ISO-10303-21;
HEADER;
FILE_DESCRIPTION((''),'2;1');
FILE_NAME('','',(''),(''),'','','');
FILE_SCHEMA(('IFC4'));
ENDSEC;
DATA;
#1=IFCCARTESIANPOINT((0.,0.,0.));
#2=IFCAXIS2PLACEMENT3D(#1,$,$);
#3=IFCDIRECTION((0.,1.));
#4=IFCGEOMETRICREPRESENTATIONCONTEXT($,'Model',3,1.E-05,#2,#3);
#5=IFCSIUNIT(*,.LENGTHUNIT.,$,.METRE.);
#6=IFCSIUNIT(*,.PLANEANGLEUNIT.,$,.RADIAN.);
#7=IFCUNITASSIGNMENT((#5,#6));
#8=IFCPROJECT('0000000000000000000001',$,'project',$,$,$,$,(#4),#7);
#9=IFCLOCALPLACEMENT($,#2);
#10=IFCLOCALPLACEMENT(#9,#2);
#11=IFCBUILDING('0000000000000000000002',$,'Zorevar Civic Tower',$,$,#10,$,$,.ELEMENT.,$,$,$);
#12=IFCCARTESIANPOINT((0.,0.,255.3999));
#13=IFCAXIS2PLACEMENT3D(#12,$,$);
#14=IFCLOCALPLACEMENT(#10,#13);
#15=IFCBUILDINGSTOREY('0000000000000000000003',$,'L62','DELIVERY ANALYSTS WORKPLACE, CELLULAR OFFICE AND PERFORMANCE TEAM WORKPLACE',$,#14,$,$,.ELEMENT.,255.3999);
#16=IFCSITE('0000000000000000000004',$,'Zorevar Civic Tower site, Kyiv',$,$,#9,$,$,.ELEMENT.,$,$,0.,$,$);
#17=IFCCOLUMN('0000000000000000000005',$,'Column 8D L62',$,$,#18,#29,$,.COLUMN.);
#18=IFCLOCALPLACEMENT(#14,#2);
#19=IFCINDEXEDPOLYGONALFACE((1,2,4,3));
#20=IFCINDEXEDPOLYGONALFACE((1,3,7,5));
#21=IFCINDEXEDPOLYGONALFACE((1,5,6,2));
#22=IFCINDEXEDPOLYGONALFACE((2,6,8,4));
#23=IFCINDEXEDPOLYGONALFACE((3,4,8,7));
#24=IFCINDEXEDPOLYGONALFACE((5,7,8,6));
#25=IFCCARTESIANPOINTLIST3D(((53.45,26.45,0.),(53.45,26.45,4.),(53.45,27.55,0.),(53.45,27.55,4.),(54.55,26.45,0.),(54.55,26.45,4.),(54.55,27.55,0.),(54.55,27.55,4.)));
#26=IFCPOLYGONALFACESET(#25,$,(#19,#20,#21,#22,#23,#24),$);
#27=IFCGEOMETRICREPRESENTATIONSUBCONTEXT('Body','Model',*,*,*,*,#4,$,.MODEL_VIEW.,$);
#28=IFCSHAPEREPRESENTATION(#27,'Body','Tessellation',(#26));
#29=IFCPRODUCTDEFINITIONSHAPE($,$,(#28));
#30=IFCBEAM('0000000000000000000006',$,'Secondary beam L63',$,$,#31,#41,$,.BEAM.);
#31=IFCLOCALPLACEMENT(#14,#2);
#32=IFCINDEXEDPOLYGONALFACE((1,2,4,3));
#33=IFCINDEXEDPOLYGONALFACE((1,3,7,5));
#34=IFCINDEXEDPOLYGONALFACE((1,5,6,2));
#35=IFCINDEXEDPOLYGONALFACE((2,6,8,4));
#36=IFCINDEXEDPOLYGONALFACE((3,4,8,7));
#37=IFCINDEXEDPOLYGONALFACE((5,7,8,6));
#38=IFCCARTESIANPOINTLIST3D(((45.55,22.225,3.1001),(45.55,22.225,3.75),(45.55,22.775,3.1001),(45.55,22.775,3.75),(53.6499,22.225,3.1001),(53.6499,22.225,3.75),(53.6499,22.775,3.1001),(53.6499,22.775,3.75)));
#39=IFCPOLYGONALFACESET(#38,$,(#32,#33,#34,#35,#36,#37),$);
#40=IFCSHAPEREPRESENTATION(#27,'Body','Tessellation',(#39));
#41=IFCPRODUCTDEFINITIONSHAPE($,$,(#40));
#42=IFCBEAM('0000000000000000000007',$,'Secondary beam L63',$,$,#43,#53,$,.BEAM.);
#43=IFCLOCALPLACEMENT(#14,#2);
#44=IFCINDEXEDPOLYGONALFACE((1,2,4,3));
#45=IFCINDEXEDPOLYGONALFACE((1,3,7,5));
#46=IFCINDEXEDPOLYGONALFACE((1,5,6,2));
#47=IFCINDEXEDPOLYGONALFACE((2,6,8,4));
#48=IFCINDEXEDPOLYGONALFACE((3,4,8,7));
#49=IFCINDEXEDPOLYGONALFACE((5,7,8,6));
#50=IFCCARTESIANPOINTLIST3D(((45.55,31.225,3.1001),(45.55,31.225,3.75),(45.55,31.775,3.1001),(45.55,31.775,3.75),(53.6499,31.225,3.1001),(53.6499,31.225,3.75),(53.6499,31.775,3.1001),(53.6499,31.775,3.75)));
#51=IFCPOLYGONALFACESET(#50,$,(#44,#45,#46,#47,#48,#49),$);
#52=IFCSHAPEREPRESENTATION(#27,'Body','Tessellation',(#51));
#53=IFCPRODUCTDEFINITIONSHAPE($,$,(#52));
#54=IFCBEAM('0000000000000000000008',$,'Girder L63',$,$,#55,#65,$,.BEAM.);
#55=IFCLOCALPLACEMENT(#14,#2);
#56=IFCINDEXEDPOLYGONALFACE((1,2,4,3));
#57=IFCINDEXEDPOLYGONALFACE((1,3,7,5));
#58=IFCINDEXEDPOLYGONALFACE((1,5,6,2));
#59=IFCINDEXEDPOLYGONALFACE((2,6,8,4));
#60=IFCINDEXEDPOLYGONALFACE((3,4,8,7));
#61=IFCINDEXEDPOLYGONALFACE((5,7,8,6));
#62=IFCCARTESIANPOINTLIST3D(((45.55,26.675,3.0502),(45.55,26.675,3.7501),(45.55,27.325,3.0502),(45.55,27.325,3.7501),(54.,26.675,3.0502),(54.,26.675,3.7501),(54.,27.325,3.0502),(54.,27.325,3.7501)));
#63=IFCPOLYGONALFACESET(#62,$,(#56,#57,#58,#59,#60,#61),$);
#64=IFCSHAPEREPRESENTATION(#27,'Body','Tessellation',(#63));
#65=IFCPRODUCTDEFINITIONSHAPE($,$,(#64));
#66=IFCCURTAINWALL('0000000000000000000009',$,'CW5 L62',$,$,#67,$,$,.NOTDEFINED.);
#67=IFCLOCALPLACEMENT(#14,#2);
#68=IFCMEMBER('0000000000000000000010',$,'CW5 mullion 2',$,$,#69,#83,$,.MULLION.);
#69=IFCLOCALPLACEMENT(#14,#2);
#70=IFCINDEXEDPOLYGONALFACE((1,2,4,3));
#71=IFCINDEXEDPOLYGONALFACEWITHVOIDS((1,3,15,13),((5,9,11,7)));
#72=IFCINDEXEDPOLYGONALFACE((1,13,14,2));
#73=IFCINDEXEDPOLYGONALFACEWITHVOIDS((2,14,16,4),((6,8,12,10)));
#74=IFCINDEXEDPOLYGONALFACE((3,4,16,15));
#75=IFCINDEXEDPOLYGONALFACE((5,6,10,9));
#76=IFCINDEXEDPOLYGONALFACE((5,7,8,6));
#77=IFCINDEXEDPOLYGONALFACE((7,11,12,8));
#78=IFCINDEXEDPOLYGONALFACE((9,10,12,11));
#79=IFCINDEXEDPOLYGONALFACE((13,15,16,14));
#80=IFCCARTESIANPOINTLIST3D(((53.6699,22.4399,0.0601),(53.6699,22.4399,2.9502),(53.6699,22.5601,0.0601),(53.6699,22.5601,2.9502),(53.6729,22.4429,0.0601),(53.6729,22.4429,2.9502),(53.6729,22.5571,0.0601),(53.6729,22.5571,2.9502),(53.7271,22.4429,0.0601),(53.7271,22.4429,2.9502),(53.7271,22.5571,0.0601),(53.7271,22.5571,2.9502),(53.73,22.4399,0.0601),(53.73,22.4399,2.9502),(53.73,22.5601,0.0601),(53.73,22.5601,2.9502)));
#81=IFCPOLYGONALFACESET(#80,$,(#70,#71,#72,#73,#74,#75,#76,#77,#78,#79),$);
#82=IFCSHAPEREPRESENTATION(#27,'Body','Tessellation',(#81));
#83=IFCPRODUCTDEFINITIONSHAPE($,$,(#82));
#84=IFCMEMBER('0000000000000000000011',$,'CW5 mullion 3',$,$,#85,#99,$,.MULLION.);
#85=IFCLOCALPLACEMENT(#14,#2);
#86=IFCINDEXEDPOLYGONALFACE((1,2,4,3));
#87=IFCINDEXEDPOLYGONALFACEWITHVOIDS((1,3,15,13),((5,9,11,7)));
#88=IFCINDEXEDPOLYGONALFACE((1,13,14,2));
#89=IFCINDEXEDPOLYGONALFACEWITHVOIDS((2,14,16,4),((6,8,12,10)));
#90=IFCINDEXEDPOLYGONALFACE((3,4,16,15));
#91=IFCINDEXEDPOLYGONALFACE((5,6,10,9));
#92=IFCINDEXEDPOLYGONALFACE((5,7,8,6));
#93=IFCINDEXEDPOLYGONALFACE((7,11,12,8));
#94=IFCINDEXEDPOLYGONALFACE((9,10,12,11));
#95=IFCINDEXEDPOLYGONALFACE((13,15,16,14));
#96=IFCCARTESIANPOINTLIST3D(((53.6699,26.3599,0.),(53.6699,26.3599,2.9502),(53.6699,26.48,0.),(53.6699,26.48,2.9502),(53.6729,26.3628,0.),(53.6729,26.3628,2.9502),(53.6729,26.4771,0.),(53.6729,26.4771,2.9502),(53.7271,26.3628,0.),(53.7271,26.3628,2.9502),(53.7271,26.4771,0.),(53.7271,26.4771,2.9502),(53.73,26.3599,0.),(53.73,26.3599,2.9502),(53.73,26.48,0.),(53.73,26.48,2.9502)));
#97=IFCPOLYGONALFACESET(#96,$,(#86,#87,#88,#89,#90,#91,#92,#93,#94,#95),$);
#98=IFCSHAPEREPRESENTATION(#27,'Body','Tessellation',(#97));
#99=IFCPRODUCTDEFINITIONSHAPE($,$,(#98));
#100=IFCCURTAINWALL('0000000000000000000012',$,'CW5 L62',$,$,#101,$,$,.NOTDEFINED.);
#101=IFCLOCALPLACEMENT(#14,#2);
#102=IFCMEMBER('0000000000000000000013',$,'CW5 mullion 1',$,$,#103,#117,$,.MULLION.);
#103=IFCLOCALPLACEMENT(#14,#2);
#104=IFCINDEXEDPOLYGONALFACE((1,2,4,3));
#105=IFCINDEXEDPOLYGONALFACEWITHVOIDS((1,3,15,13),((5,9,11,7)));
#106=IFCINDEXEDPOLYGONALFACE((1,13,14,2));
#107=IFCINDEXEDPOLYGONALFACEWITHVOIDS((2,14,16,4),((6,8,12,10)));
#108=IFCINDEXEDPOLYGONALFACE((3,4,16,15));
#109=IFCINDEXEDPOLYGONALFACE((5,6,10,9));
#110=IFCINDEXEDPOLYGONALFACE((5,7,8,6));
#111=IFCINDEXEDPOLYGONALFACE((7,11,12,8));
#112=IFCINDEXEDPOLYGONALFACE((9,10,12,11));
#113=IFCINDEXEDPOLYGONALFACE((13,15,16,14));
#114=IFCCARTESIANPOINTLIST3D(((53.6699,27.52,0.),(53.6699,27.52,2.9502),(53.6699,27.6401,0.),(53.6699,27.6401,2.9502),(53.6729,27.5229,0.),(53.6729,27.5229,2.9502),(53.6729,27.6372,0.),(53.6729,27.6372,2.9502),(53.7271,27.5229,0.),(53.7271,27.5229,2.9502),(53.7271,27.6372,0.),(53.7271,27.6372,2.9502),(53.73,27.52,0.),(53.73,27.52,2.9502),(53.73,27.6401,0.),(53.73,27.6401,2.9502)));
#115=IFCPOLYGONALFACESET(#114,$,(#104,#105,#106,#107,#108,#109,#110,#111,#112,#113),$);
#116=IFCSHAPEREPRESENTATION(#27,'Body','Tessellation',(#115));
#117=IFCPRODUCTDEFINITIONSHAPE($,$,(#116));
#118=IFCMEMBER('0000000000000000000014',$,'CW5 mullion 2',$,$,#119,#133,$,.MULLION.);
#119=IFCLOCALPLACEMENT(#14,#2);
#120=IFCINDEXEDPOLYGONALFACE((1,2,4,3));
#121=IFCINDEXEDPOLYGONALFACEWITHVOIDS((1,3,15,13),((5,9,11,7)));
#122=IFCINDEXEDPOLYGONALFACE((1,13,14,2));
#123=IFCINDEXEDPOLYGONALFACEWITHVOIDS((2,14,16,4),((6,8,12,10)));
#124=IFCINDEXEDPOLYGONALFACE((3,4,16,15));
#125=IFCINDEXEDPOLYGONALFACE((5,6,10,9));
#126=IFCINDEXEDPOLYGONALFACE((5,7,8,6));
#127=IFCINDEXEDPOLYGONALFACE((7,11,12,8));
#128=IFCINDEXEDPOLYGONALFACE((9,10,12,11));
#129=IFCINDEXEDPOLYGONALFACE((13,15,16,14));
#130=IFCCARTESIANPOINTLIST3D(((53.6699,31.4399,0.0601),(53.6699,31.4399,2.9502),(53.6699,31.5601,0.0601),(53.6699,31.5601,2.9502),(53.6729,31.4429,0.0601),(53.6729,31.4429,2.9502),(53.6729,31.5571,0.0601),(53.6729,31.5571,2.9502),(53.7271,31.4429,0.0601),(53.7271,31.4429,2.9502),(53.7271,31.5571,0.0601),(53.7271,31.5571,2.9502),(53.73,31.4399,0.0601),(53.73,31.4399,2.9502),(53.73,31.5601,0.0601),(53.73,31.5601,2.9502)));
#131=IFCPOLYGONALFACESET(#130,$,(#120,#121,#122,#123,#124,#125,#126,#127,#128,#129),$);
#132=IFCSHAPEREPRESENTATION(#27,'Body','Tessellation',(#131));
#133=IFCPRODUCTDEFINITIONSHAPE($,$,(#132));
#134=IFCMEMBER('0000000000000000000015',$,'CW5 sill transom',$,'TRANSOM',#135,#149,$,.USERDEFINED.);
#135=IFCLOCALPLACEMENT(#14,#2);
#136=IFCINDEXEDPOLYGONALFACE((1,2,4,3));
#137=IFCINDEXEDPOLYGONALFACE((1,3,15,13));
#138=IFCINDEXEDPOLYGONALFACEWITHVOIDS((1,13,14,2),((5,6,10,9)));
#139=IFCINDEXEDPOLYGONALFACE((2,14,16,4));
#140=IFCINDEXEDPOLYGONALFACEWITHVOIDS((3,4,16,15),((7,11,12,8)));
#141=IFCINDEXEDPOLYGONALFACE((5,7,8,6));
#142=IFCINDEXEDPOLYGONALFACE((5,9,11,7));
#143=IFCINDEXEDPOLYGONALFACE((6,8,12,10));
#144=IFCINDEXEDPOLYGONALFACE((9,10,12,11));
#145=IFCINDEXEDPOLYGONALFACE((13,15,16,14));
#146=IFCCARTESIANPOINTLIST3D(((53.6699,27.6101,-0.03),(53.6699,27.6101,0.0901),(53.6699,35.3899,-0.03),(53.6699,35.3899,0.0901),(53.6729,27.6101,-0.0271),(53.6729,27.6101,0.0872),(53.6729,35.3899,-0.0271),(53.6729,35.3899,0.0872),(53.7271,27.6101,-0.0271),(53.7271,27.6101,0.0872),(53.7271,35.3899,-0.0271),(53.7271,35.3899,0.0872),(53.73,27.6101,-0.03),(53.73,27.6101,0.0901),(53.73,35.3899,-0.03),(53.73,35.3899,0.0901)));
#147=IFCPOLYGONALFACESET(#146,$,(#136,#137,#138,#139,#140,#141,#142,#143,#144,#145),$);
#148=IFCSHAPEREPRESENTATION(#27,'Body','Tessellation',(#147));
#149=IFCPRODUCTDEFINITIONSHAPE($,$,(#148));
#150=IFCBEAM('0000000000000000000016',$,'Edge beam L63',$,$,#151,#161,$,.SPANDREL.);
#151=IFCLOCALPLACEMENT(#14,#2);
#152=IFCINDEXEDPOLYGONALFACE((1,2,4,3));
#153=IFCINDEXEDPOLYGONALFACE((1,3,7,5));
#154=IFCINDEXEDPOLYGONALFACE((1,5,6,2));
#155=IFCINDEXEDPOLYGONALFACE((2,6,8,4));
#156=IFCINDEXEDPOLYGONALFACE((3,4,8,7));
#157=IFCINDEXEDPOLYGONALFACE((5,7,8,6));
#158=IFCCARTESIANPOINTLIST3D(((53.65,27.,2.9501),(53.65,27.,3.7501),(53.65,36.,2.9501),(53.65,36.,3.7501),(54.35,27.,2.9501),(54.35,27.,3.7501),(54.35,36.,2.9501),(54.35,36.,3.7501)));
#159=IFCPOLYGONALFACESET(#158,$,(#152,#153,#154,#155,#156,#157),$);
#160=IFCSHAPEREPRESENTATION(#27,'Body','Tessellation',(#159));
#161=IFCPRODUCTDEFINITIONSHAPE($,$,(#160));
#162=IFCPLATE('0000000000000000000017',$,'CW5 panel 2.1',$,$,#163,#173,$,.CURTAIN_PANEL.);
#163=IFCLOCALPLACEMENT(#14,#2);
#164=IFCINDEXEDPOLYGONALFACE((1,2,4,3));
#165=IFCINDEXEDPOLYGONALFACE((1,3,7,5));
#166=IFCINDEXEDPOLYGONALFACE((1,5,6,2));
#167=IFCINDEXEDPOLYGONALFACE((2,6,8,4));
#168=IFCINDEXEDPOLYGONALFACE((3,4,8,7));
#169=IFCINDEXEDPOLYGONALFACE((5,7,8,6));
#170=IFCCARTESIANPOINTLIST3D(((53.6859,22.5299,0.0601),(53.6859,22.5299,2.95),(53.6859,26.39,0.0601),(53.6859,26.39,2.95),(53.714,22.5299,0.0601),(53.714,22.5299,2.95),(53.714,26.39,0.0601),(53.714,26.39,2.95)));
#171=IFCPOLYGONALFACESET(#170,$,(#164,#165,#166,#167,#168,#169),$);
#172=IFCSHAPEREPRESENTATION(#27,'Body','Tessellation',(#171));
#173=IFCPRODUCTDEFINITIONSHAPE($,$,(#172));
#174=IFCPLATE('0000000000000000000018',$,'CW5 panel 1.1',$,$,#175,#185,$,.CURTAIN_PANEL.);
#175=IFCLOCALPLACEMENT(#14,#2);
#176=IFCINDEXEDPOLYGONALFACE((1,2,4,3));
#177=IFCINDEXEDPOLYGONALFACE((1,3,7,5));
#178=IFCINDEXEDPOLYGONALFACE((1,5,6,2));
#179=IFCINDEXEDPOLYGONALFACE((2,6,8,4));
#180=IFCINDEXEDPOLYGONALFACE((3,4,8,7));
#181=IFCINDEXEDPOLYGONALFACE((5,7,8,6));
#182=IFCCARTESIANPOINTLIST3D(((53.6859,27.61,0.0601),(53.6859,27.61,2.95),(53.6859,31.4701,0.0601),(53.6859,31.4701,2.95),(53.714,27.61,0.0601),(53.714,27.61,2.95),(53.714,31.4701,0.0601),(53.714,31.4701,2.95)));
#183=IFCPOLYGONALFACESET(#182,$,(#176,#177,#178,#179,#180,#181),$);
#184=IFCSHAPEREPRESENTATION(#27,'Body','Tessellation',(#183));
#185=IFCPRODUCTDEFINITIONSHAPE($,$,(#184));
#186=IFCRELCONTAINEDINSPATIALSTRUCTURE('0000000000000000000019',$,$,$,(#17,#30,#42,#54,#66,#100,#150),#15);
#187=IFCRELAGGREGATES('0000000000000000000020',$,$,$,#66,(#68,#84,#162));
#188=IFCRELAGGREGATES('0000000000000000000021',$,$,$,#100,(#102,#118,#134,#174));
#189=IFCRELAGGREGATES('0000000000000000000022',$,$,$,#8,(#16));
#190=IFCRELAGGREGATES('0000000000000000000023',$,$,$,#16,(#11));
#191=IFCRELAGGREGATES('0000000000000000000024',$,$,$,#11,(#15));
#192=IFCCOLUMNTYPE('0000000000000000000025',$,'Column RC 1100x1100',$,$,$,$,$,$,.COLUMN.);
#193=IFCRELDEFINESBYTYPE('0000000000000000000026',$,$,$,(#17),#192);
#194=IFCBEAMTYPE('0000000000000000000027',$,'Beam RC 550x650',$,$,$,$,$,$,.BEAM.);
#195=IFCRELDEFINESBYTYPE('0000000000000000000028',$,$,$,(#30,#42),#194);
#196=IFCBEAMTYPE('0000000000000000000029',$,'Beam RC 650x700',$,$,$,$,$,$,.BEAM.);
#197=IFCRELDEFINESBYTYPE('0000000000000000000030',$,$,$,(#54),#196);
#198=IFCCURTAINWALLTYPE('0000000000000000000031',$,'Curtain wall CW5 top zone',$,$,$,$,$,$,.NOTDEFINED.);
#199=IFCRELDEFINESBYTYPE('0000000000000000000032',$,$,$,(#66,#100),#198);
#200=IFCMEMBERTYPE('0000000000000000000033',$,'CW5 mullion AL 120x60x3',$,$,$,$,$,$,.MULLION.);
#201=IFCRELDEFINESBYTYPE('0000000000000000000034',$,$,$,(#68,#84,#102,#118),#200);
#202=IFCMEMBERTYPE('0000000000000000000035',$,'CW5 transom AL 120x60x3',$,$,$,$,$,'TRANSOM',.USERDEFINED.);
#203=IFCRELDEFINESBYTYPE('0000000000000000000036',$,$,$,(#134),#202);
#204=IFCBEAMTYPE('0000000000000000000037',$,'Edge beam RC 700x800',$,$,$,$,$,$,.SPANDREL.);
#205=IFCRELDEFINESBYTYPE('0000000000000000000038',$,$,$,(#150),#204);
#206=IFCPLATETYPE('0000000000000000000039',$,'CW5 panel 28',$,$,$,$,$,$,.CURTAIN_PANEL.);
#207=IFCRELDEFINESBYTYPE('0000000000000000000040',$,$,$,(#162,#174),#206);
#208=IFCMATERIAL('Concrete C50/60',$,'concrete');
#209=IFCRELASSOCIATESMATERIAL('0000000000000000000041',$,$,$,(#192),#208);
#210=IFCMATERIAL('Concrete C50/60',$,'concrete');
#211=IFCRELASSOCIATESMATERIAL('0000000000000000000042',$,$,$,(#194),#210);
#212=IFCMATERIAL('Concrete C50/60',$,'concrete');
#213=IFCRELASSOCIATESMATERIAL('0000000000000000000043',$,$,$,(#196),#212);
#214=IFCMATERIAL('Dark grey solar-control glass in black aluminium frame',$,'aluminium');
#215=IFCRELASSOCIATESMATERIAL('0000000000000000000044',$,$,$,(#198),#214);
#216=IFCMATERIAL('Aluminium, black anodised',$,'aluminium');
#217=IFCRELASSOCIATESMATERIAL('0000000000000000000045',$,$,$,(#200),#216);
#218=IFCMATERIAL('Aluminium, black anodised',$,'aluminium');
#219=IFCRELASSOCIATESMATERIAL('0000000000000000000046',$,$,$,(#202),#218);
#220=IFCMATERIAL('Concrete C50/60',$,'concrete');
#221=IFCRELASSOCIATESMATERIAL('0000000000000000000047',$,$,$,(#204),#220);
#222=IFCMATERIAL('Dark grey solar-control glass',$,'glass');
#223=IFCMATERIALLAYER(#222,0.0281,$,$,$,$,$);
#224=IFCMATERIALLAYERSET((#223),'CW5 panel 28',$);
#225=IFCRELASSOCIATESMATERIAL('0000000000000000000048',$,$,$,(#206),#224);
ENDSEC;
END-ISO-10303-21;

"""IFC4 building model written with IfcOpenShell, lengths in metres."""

from ifc_helpers import new_model, si_unit, direction, frame, origin, origin_2d, place, context, subcontext, project, spatial, rectangle, hollow_rectangle, extrude, material, layer, layer_set, material_profile, profile_set, type_object, element, aggregate, save


model = new_model("IFC4")

# Units and contexts
model_context = context("Model", 3, precision=1e-05, world=origin(), true_north=direction((0.0, 1.0)))
body_context = subcontext(model_context, "Body", "Model", "MODEL_VIEW")
ifc_project = project(units=[si_unit("LENGTHUNIT", "METRE"), si_unit("PLANEANGLEUNIT", "RADIAN")], contexts=[model_context])

# Site, building, storey
site_placement = place(None, origin())
site = spatial("IfcSite", under=ifc_project, at=site_placement, Name="Zorevar Civic Tower site, Kyiv", CompositionType="ELEMENT", RefElevation=0.0)
building_placement = place(site_placement, origin())
building = spatial("IfcBuilding", under=site, at=building_placement, Name="Zorevar Civic Tower", CompositionType="ELEMENT")
storey_placement = place(building_placement, frame((0.0, 0.0, 255.3999)))
storey = spatial("IfcBuildingStorey", under=building, at=storey_placement, Name="L62", Description="DELIVERY ANALYSTS WORKPLACE, CELLULAR OFFICE AND PERFORMANCE TEAM WORKPLACE", CompositionType="ELEMENT", Elevation=255.3999)

# Column
ifc_material_1 = material(Name="Concrete C50/60", Category="concrete")
ifc_material_profile_1 = material_profile(ifc_material_1, rectangle(XDim=1.1001, YDim=1.1001, at=origin_2d()), Name="RC 1100x1100")
ifc_profile_set_1 = profile_set([ifc_material_profile_1], Name="Concrete C50/60")
column_type = type_object("IfcColumnType", Name="Column RC 1100x1100", PredefinedType="COLUMN", material=ifc_profile_set_1)
column_placement = place(storey_placement, frame((54.0, 27.0, 0.0), z_axis=(0.0, 0.0, 1.0), x_axis=(1.0, 0.0, 0.0)))
element("IfcColumn", 1, at=column_placement, inside=storey, type_object=column_type, Name="Column 8D L62", PredefinedType="COLUMN", context=body_context, shape_type="SweptSolid", body=[
    extrude(rectangle(XDim=1.1001, YDim=1.1001, at=origin_2d()), origin(), (0.0, 0.0, 1.0), 4.0),
])

# Beams
ifc_material_2 = material(Name="Concrete C50/60", Category="concrete")
ifc_material_profile_2 = material_profile(ifc_material_2, rectangle(XDim=0.55, YDim=0.6499, at=origin_2d()), Name="RC 550x650")
ifc_profile_set_2 = profile_set([ifc_material_profile_2], Name="Concrete C50/60")
beam_type_1 = type_object("IfcBeamType", Name="Beam RC 550x650", PredefinedType="BEAM", material=ifc_profile_set_2)
for number, where, z_axis, x_axis, name in (
    (2, (45.55, 22.5, 3.425), (1.0, 0.0, 0.0), (0.0, 1.0, 0.0), "Secondary beam L63"),
    (3, (45.55, 31.5, 3.425), (1.0, 0.0, 0.0), (0.0, 1.0, 0.0), "Secondary beam L63"),
):
    element("IfcBeam", number, at=place(storey_placement, frame(where, z_axis=z_axis, x_axis=x_axis)), inside=storey, type_object=beam_type_1, Name=name, PredefinedType="BEAM", context=body_context, shape_type="SweptSolid", body=[
        extrude(rectangle(XDim=0.55, YDim=0.6499, at=origin_2d()), origin(), (0.0, 0.0, 1.0), 8.0999),
    ])
ifc_material_3 = material(Name="Concrete C50/60", Category="concrete")
ifc_material_profile_3 = material_profile(ifc_material_3, rectangle(XDim=0.6499, YDim=0.7, at=origin_2d()), Name="RC 650x700")
ifc_profile_set_3 = profile_set([ifc_material_profile_3], Name="Concrete C50/60")
beam_type_2 = type_object("IfcBeamType", Name="Beam RC 650x700", PredefinedType="BEAM", material=ifc_profile_set_3)
beam_1_placement = place(storey_placement, frame((45.55, 27.0, 3.4001), z_axis=(1.0, 0.0, 0.0), x_axis=(0.0, 1.0, 0.0)))
element("IfcBeam", 4, at=beam_1_placement, inside=storey, type_object=beam_type_2, Name="Girder L63", PredefinedType="BEAM", context=body_context, shape_type="SweptSolid", body=[
    extrude(rectangle(XDim=0.6499, YDim=0.7, at=origin_2d()), origin(), (0.0, 0.0, 1.0), 8.45),
])

# Curtain walls, members
ifc_material_4 = material(Name="Dark grey solar-control glass in black aluminium frame", Category="aluminium")
curtain_wall_type = type_object("IfcCurtainWallType", Name="Curtain wall CW5 top zone", PredefinedType="NOTDEFINED", material=ifc_material_4)
curtain_wall_1_placement = place(storey_placement, origin())
curtain_wall_1 = element("IfcCurtainWall", 5, at=curtain_wall_1_placement, inside=storey, type_object=curtain_wall_type, Name="CW5 L62", PredefinedType="NOTDEFINED")
ifc_material_5 = material(Name="Aluminium, black anodised", Category="aluminium")
ifc_material_profile_4 = material_profile(ifc_material_5, hollow_rectangle(XDim=0.0601, YDim=0.1201, WallThickness=0.0029, at=origin_2d()), Name="AL 120x60x3")
ifc_profile_set_4 = profile_set([ifc_material_profile_4], Name="Aluminium, black anodised")
member_type_1 = type_object("IfcMemberType", Name="CW5 mullion AL 120x60x3", PredefinedType="MULLION", material=ifc_profile_set_4)
member_1_placement = place(storey_placement, frame((53.7, 22.5, 0.0601), z_axis=(0.0, 0.0, 1.0), x_axis=(-1.0, 0.0, 0.0)))
member_1 = element("IfcMember", 6, at=member_1_placement, type_object=member_type_1, Name="CW5 mullion 2", PredefinedType="MULLION", context=body_context, shape_type="SweptSolid", body=[
    extrude(hollow_rectangle(XDim=0.0601, YDim=0.1201, WallThickness=0.0029, at=origin_2d()), origin(), (0.0, 0.0, 1.0), 2.8901),
])
member_2_placement = place(storey_placement, frame((53.7, 26.4199, 0.0), z_axis=(0.0, 0.0, 1.0), x_axis=(-1.0, 0.0, 0.0)))
member_2 = element("IfcMember", 7, at=member_2_placement, type_object=member_type_1, Name="CW5 mullion 3", PredefinedType="MULLION", context=body_context, shape_type="SweptSolid", body=[
    extrude(hollow_rectangle(XDim=0.0601, YDim=0.1201, WallThickness=0.0029, at=origin_2d()), origin(), (0.0, 0.0, 1.0), 2.9502),
])
curtain_wall_2_placement = place(storey_placement, origin())
curtain_wall_2 = element("IfcCurtainWall", 8, at=curtain_wall_2_placement, inside=storey, type_object=curtain_wall_type, Name="CW5 L62", PredefinedType="NOTDEFINED")
member_3_placement = place(storey_placement, frame((53.7, 27.5801, 0.0), z_axis=(0.0, 0.0, 1.0), x_axis=(-1.0, 0.0, 0.0)))
member_3 = element("IfcMember", 9, at=member_3_placement, type_object=member_type_1, Name="CW5 mullion 1", PredefinedType="MULLION", context=body_context, shape_type="SweptSolid", body=[
    extrude(hollow_rectangle(XDim=0.0601, YDim=0.1201, WallThickness=0.0029, at=origin_2d()), origin(), (0.0, 0.0, 1.0), 2.9502),
])
member_4_placement = place(storey_placement, frame((53.7, 31.5, 0.0601), z_axis=(0.0, 0.0, 1.0), x_axis=(-1.0, 0.0, 0.0)))
member_4 = element("IfcMember", 10, at=member_4_placement, type_object=member_type_1, Name="CW5 mullion 2", PredefinedType="MULLION", context=body_context, shape_type="SweptSolid", body=[
    extrude(hollow_rectangle(XDim=0.0601, YDim=0.1201, WallThickness=0.0029, at=origin_2d()), origin(), (0.0, 0.0, 1.0), 2.8901),
])
ifc_material_6 = material(Name="Aluminium, black anodised", Category="aluminium")
ifc_material_profile_5 = material_profile(ifc_material_6, hollow_rectangle(XDim=0.0601, YDim=0.1201, WallThickness=0.0029, at=origin_2d()), Name="AL 120x60x3")
ifc_profile_set_5 = profile_set([ifc_material_profile_5], Name="Aluminium, black anodised")
member_type_2 = type_object("IfcMemberType", Name="CW5 transom AL 120x60x3", ElementType="TRANSOM", PredefinedType="USERDEFINED", material=ifc_profile_set_5)
member_5_placement = place(storey_placement, frame((53.7, 27.6101, 0.03), z_axis=(0.0, 1.0, 0.0), x_axis=(-1.0, 0.0, 0.0)))
member_5 = element("IfcMember", 11, at=member_5_placement, type_object=member_type_2, Name="CW5 sill transom", ObjectType="TRANSOM", PredefinedType="USERDEFINED", context=body_context, shape_type="SweptSolid", body=[
    extrude(hollow_rectangle(XDim=0.0601, YDim=0.1201, WallThickness=0.0029, at=origin_2d()), origin(), (0.0, 0.0, 1.0), 7.7798),
])

# Beam
ifc_material_7 = material(Name="Concrete C50/60", Category="concrete")
ifc_material_profile_6 = material_profile(ifc_material_7, rectangle(XDim=0.7, YDim=0.8, at=origin_2d()), Name="RC 700x800")
ifc_profile_set_6 = profile_set([ifc_material_profile_6], Name="Concrete C50/60")
beam_type_3 = type_object("IfcBeamType", Name="Edge beam RC 700x800", PredefinedType="SPANDREL", material=ifc_profile_set_6)
beam_2_placement = place(storey_placement, frame((54.0, 27.0, 3.3501), z_axis=(0.0, 1.0, 0.0), x_axis=(-1.0, 0.0, 0.0)))
element("IfcBeam", 12, at=beam_2_placement, inside=storey, type_object=beam_type_3, Name="Edge beam L63", PredefinedType="SPANDREL", context=body_context, shape_type="SweptSolid", body=[
    extrude(rectangle(XDim=0.7, YDim=0.8, at=origin_2d()), origin(), (0.0, 0.0, 1.0), 9.0),
])

# Plates
ifc_material_8 = material(Name="Dark grey solar-control glass", Category="glass")
ifc_layer_1 = layer(ifc_material_8, 0.0281)
ifc_layer_set_1 = layer_set([ifc_layer_1], Name="CW5 panel 28")
plate_type = type_object("IfcPlateType", Name="CW5 panel 28", PredefinedType="CURTAIN_PANEL", material=ifc_layer_set_1)
plate_1_placement = place(storey_placement, frame((53.7, 24.46, 0.0601), z_axis=(0.0, 0.0, 1.0), x_axis=(0.0, 1.0, 0.0)))
plate_1 = element("IfcPlate", 13, at=plate_1_placement, type_object=plate_type, Name="CW5 panel 2.1", PredefinedType="CURTAIN_PANEL", context=body_context, shape_type="SweptSolid", body=[
    extrude(rectangle(XDim=3.8601, YDim=0.0281, at=origin_2d()), origin(), (0.0, 0.0, 1.0), 2.8899),
])
aggregate(curtain_wall_1, [member_1, member_2, plate_1])
plate_2_placement = place(storey_placement, frame((53.7, 29.54, 0.0601), z_axis=(0.0, 0.0, 1.0), x_axis=(0.0, 1.0, 0.0)))
plate_2 = element("IfcPlate", 14, at=plate_2_placement, type_object=plate_type, Name="CW5 panel 1.1", PredefinedType="CURTAIN_PANEL", context=body_context, shape_type="SweptSolid", body=[
    extrude(rectangle(XDim=3.8601, YDim=0.0281, at=origin_2d()), origin(), (0.0, 0.0, 1.0), 2.8899),
])
aggregate(curtain_wall_2, [member_3, member_4, member_5, plate_2])

save(model, "model.ifc")
